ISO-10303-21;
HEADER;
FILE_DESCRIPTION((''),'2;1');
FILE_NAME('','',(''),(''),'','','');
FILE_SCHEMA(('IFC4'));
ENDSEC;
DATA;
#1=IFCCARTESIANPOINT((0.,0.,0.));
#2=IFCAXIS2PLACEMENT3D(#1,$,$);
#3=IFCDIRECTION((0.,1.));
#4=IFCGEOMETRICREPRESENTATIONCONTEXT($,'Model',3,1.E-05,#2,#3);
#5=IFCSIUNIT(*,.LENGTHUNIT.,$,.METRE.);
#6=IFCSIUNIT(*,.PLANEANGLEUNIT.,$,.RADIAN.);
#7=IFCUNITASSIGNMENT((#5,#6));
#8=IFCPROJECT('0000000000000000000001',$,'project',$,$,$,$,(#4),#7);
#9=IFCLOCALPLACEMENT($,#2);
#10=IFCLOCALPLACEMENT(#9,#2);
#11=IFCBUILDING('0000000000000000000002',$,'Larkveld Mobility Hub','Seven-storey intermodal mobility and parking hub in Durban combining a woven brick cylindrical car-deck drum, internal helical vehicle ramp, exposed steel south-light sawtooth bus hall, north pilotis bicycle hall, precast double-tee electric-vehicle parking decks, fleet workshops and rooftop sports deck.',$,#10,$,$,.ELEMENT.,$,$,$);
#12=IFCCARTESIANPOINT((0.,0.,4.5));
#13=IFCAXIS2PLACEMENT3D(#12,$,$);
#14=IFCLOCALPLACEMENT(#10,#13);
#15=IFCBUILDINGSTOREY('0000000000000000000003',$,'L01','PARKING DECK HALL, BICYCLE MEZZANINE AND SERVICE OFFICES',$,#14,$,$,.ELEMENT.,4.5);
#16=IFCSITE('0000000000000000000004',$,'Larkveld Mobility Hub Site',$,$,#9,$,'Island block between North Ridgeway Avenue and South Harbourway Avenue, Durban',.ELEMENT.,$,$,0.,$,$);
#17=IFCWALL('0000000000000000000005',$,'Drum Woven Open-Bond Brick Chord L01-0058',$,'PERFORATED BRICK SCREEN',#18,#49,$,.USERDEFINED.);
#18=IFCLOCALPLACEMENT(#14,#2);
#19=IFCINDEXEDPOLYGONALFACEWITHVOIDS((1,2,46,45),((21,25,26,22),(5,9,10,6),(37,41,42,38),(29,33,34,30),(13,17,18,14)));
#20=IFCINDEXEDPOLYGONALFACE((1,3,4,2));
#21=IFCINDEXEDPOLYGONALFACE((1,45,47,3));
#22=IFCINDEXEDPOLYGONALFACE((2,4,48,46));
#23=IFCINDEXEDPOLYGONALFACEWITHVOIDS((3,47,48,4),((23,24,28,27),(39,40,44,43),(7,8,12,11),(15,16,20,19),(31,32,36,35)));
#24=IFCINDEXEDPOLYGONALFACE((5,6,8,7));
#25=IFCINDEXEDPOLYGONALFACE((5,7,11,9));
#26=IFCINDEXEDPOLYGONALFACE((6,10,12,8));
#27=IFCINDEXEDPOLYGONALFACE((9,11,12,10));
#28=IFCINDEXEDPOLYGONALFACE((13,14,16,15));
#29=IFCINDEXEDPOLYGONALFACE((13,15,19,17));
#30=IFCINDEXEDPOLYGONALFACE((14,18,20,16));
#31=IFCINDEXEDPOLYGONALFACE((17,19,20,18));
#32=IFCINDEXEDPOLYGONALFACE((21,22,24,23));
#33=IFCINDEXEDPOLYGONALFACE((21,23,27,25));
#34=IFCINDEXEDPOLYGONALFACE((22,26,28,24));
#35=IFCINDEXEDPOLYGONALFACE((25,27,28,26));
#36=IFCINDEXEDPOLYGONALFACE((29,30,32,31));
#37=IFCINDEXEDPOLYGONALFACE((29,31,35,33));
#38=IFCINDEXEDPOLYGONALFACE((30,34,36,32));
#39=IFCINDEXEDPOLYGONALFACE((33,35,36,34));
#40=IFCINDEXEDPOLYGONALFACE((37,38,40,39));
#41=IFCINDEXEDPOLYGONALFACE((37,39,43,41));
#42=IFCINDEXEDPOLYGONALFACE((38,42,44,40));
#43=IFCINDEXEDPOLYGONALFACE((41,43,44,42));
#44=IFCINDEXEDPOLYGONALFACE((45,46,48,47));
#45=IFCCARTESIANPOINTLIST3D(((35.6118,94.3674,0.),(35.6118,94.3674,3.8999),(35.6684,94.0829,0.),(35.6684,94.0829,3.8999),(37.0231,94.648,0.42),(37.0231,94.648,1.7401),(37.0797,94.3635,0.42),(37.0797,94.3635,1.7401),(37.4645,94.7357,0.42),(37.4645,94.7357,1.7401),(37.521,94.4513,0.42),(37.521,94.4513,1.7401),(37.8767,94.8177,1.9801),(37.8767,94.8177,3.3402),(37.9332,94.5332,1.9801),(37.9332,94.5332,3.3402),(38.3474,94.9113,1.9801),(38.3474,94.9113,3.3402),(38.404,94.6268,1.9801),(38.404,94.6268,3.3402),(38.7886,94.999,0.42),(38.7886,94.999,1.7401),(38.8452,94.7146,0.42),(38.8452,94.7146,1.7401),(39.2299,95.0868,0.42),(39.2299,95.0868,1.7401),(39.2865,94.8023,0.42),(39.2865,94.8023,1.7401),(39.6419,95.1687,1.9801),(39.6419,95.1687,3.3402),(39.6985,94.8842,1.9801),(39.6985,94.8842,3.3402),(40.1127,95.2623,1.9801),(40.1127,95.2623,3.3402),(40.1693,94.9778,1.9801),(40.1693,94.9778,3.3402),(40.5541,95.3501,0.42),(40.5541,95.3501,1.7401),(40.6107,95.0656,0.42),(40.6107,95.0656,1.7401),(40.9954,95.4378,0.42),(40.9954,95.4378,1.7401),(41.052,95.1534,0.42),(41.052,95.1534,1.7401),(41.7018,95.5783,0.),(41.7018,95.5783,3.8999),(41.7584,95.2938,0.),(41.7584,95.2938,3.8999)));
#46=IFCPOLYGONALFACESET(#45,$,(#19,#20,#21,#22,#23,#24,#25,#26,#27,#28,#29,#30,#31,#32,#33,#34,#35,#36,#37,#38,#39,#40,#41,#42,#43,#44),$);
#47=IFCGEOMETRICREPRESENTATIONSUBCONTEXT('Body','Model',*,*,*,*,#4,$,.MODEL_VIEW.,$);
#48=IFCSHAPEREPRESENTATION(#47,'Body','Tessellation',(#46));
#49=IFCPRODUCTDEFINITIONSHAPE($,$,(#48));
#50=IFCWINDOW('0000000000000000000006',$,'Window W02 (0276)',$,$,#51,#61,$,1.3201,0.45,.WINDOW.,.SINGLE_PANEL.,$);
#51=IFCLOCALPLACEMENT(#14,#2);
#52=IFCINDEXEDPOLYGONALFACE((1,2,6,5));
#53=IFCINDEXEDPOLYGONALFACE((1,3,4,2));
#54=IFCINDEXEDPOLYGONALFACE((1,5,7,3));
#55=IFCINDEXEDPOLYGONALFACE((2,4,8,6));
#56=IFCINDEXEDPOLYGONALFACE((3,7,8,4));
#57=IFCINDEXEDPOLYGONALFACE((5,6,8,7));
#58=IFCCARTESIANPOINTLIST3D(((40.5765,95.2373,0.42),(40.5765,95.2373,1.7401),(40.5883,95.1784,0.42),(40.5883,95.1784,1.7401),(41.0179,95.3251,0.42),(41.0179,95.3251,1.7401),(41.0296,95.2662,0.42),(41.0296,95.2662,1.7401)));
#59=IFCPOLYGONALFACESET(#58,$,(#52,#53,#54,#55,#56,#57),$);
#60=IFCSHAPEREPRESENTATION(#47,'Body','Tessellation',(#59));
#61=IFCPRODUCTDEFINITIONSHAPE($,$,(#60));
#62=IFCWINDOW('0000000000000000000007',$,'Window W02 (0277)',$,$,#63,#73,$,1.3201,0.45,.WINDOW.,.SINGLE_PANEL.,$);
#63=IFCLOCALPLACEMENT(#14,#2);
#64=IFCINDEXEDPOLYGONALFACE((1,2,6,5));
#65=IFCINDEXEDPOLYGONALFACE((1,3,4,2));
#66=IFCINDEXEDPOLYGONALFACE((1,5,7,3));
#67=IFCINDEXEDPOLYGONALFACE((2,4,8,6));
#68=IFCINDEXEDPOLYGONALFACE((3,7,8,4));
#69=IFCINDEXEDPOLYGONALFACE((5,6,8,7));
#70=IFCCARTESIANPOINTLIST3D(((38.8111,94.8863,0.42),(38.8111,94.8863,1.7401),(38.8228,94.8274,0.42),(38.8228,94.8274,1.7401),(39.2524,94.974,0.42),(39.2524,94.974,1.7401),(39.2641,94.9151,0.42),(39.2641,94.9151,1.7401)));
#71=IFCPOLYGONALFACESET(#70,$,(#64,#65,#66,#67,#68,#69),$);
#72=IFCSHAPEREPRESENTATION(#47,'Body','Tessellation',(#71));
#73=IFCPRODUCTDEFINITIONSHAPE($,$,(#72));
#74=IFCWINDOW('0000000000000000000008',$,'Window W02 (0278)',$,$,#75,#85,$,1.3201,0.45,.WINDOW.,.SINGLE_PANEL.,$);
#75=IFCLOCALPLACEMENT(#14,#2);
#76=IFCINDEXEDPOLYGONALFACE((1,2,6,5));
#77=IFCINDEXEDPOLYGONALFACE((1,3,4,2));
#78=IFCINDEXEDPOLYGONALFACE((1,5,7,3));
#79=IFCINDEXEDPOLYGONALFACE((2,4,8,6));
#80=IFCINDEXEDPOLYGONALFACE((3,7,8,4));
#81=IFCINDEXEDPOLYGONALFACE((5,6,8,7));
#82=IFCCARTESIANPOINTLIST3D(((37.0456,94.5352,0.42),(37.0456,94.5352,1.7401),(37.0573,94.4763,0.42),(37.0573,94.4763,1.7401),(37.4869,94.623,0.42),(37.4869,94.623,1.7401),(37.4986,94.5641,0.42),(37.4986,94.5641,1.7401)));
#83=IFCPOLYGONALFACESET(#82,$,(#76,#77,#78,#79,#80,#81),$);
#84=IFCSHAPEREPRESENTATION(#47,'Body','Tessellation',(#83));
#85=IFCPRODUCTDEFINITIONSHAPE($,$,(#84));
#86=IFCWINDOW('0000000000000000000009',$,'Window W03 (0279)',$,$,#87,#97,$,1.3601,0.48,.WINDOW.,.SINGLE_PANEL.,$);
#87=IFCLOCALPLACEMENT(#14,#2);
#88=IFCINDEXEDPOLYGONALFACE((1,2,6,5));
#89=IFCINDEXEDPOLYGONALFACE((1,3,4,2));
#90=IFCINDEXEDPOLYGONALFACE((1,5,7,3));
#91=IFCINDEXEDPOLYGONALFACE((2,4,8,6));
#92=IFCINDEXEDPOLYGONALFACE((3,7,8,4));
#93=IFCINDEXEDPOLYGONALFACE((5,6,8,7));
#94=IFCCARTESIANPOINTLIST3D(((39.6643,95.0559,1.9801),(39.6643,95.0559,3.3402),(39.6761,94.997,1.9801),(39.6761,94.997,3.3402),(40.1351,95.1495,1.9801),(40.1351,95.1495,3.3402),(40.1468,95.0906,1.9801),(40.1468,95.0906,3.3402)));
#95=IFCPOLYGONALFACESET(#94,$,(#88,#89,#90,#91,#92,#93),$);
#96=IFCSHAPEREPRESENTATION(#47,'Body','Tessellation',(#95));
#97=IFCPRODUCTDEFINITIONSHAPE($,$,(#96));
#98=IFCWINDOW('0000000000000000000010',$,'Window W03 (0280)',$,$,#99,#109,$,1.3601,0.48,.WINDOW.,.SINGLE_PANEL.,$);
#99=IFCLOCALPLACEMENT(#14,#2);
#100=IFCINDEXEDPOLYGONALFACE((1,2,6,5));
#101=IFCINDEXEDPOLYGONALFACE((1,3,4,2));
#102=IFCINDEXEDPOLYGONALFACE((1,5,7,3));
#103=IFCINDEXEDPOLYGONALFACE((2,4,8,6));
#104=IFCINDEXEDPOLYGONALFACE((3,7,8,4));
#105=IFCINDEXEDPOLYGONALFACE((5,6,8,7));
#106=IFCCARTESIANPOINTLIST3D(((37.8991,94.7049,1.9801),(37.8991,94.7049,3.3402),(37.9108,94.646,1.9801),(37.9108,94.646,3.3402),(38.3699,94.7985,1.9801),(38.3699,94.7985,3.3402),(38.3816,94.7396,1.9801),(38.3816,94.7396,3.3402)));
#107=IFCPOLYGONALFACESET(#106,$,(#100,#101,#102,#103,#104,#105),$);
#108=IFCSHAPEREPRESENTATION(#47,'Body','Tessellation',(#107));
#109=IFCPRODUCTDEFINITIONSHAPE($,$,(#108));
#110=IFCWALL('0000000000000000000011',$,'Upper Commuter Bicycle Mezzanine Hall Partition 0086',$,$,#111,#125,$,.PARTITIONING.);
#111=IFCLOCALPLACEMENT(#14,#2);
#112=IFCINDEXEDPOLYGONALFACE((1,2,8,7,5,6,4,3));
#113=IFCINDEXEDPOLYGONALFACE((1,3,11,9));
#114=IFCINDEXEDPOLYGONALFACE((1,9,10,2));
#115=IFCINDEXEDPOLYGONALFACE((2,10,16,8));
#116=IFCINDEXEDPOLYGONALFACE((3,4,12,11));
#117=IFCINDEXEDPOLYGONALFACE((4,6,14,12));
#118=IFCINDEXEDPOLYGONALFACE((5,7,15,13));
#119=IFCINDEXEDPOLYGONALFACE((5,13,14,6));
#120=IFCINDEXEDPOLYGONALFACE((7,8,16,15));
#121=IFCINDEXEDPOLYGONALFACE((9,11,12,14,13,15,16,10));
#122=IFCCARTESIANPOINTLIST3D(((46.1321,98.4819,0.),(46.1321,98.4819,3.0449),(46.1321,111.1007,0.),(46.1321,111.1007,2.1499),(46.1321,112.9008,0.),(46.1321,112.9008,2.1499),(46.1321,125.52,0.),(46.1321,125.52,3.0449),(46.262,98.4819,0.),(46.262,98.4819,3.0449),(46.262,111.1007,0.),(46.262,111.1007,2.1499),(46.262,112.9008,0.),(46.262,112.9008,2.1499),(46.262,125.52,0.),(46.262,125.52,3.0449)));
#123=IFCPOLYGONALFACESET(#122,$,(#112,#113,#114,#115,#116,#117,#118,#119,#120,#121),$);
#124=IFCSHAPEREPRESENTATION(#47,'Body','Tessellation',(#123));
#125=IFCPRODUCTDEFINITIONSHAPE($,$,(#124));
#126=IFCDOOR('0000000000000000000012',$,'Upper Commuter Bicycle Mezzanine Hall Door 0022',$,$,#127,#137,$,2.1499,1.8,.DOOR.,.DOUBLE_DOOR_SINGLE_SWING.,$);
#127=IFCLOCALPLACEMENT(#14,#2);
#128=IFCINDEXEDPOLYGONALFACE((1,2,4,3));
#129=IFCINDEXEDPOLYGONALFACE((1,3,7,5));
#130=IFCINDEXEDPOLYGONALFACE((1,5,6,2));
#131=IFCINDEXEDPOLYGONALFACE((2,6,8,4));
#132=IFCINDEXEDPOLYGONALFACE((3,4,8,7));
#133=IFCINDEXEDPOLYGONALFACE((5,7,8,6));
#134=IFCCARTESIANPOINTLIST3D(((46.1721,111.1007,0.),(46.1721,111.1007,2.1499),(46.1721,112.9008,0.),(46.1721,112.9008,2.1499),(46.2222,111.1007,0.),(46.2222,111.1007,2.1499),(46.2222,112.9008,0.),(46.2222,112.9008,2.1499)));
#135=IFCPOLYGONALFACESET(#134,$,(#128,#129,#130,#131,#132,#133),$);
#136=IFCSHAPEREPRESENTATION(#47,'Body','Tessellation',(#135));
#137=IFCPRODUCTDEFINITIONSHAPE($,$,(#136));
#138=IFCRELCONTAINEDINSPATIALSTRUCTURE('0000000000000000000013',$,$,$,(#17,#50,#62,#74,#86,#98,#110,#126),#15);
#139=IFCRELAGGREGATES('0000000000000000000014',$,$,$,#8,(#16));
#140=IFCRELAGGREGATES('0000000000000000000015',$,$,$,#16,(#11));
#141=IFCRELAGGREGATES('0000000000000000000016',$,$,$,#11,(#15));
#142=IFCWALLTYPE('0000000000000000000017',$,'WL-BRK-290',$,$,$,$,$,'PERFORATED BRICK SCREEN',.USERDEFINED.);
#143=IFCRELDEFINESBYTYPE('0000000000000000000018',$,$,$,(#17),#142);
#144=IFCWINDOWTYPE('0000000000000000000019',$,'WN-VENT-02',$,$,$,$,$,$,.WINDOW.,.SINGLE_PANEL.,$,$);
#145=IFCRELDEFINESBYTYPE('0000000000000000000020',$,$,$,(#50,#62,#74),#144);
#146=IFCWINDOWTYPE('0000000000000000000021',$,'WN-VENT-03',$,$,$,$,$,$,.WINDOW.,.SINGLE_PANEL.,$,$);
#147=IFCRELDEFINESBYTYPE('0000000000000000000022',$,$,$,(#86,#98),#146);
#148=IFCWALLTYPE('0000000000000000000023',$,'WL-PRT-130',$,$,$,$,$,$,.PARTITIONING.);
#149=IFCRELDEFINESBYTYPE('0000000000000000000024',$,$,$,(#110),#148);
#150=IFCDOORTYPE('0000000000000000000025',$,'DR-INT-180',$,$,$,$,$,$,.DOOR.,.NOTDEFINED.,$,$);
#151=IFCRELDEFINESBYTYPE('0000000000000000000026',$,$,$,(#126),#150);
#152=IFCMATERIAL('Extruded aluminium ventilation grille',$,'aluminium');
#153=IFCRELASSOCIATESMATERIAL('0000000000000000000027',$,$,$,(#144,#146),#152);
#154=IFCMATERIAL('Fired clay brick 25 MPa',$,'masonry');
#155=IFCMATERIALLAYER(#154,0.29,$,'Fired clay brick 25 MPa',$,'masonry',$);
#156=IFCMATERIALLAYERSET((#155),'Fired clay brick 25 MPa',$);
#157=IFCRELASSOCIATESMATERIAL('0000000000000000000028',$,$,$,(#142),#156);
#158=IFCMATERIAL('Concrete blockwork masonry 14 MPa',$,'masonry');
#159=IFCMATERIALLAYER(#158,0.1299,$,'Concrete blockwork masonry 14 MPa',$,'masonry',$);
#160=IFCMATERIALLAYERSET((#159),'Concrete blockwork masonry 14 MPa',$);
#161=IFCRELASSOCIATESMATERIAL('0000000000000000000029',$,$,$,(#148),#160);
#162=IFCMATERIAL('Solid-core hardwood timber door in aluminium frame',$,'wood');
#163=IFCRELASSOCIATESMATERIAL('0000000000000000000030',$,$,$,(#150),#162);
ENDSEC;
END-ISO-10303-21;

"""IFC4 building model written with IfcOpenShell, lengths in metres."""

from ifc_helpers import new_model, si_unit, direction, frame, frame_2d, origin, place, context, subcontext, project, spatial, rectangle, extrude, material, layer, layer_set, type_object, element, fill, save


model = new_model("IFC4")

# Units and contexts
model_context = context("Model", 3, precision=1e-05, world=origin(), true_north=direction((0.0, 1.0)))
body_context = subcontext(model_context, "Body", "Model", "MODEL_VIEW")
ifc_project = project(units=[si_unit("LENGTHUNIT", "METRE"), si_unit("PLANEANGLEUNIT", "RADIAN")], contexts=[model_context])

# Site, building, storey
site_placement = place(None, origin())
site = spatial("IfcSite", under=ifc_project, at=site_placement, Name="Larkveld Mobility Hub Site", LongName="Island block between North Ridgeway Avenue and South Harbourway Avenue, Durban", CompositionType="ELEMENT", RefElevation=0.0)
building_placement = place(site_placement, origin())
building = spatial("IfcBuilding", under=site, at=building_placement, Name="Larkveld Mobility Hub", Description="Seven-storey intermodal mobility and parking hub in Durban combining a woven brick cylindrical car-deck drum, internal helical vehicle ramp, exposed steel south-light sawtooth bus hall, north pilotis bicycle hall, precast double-tee electric-vehicle parking decks, fleet workshops and rooftop sports deck.", CompositionType="ELEMENT")
storey_placement = place(building_placement, frame((0.0, 0.0, 4.5)))
storey = spatial("IfcBuildingStorey", under=building, at=storey_placement, Name="L01", Description="PARKING DECK HALL, BICYCLE MEZZANINE AND SERVICE OFFICES", CompositionType="ELEMENT", Elevation=4.5)

# Wall, openings, windows
ifc_material_1 = material(Name="Fired clay brick 25 MPa", Category="masonry")
ifc_material_2 = material(Name="Extruded aluminium ventilation grille", Category="aluminium")
window_type_1 = type_object("IfcWindowType", Name="WN-VENT-02", PartitioningType="SINGLE_PANEL", PredefinedType="WINDOW", material=ifc_material_2)
ifc_layer_1 = layer(ifc_material_1, 0.29, Name="Fired clay brick 25 MPa", Category="masonry")
ifc_layer_set_1 = layer_set([ifc_layer_1], Name="Fired clay brick 25 MPa")
wall_type_1 = type_object("IfcWallType", Name="WL-BRK-290", ElementType="PERFORATED BRICK SCREEN", PredefinedType="USERDEFINED", material=ifc_layer_set_1)
wall_1_placement = place(storey_placement, frame((41.73, 95.436, 0.0), z_axis=(0.0, 0.0, 1.0), x_axis=(-0.980799, -0.19502, 0.0)))
wall_1 = element("IfcWall", 1, at=wall_1_placement, inside=storey, type_object=wall_type_1, Name="Drum Woven Open-Bond Brick Chord L01-0058", ObjectType="PERFORATED BRICK SCREEN", PredefinedType="USERDEFINED", context=body_context, shape_type="SweptSolid", body=[
    extrude(rectangle(XDim=6.2092, YDim=0.29, at=frame_2d((3.1045, 0.0))), origin(), (0.0, 0.0, 1.0), 3.8999),
])
opening_1_placement = place(wall_1_placement, frame((0.72, 0.0, 0.4199)))
opening_1 = element("IfcOpeningElement", 2, at=opening_1_placement, cuts=wall_1, PredefinedType="OPENING", context=body_context, shape_type="SweptSolid", body=[
    extrude(rectangle(XDim=0.45, YDim=1.3201, at=frame_2d((0.2251, 0.6602))), frame((0.0, 0.155, 0.0), z_axis=(0.0, -1.0, 0.0), x_axis=(1.0, 0.0, 0.0)), (0.0, 0.0, 1.0), 0.3101),
])
opening_2_placement = place(wall_1_placement, frame((2.52, 0.0, 0.4199)))
opening_2 = element("IfcOpeningElement", 3, at=opening_2_placement, cuts=wall_1, PredefinedType="OPENING", context=body_context, shape_type="SweptSolid", body=[
    extrude(rectangle(XDim=0.45, YDim=1.3201, at=frame_2d((0.2251, 0.6602))), frame((0.0, 0.155, 0.0), z_axis=(0.0, -1.0, 0.0), x_axis=(1.0, 0.0, 0.0)), (0.0, 0.0, 1.0), 0.3101),
])
opening_3_placement = place(wall_1_placement, frame((4.3201, 0.0, 0.4199)))
opening_3 = element("IfcOpeningElement", 4, at=opening_3_placement, cuts=wall_1, PredefinedType="OPENING", context=body_context, shape_type="SweptSolid", body=[
    extrude(rectangle(XDim=0.45, YDim=1.3201, at=frame_2d((0.2251, 0.6602))), frame((0.0, 0.155, 0.0), z_axis=(0.0, -1.0, 0.0), x_axis=(1.0, 0.0, 0.0)), (0.0, 0.0, 1.0), 0.3101),
])
opening_4_placement = place(wall_1_placement, frame((1.6201, 0.0, 1.98)))
opening_4 = element("IfcOpeningElement", 5, at=opening_4_placement, cuts=wall_1, PredefinedType="OPENING", context=body_context, shape_type="SweptSolid", body=[
    extrude(rectangle(XDim=0.48, YDim=1.3601, at=frame_2d((0.24, 0.6802))), frame((0.0, 0.155, 0.0), z_axis=(0.0, -1.0, 0.0), x_axis=(1.0, 0.0, 0.0)), (0.0, 0.0, 1.0), 0.3101),
])
opening_5_placement = place(wall_1_placement, frame((3.4199, 0.0, 1.98)))
opening_5 = element("IfcOpeningElement", 6, at=opening_5_placement, cuts=wall_1, PredefinedType="OPENING", context=body_context, shape_type="SweptSolid", body=[
    extrude(rectangle(XDim=0.48, YDim=1.3601, at=frame_2d((0.24, 0.6802))), frame((0.0, 0.155, 0.0), z_axis=(0.0, -1.0, 0.0), x_axis=(1.0, 0.0, 0.0)), (0.0, 0.0, 1.0), 0.3101),
])
window_1_placement = place(opening_1_placement, origin())
window_1 = element("IfcWindow", 7, at=window_1_placement, inside=storey, type_object=window_type_1, Name="Window W02 (0276)", OverallHeight=1.3201, OverallWidth=0.45, PartitioningType="SINGLE_PANEL", PredefinedType="WINDOW", context=body_context, shape_type="SweptSolid", body=[
    extrude(rectangle(XDim=0.45, YDim=1.3201, at=frame_2d((0.2251, 0.6602))), frame((0.0, 0.03, 0.0), z_axis=(0.0, -1.0, 0.0), x_axis=(1.0, 0.0, 0.0)), (0.0, 0.0, 1.0), 0.0601),
])
fill(opening_1, window_1)
window_2_placement = place(opening_2_placement, origin())
window_2 = element("IfcWindow", 8, at=window_2_placement, inside=storey, type_object=window_type_1, Name="Window W02 (0277)", OverallHeight=1.3201, OverallWidth=0.45, PartitioningType="SINGLE_PANEL", PredefinedType="WINDOW", context=body_context, shape_type="SweptSolid", body=[
    extrude(rectangle(XDim=0.45, YDim=1.3201, at=frame_2d((0.2251, 0.6602))), frame((0.0, 0.03, 0.0), z_axis=(0.0, -1.0, 0.0), x_axis=(1.0, 0.0, 0.0)), (0.0, 0.0, 1.0), 0.0601),
])
fill(opening_2, window_2)
window_3_placement = place(opening_3_placement, origin())
window_3 = element("IfcWindow", 9, at=window_3_placement, inside=storey, type_object=window_type_1, Name="Window W02 (0278)", OverallHeight=1.3201, OverallWidth=0.45, PartitioningType="SINGLE_PANEL", PredefinedType="WINDOW", context=body_context, shape_type="SweptSolid", body=[
    extrude(rectangle(XDim=0.45, YDim=1.3201, at=frame_2d((0.2251, 0.6602))), frame((0.0, 0.03, 0.0), z_axis=(0.0, -1.0, 0.0), x_axis=(1.0, 0.0, 0.0)), (0.0, 0.0, 1.0), 0.0601),
])
fill(opening_3, window_3)
window_type_2 = type_object("IfcWindowType", Name="WN-VENT-03", PartitioningType="SINGLE_PANEL", PredefinedType="WINDOW", material=ifc_material_2)
window_4_placement = place(opening_4_placement, origin())
window_4 = element("IfcWindow", 10, at=window_4_placement, inside=storey, type_object=window_type_2, Name="Window W03 (0279)", OverallHeight=1.3601, OverallWidth=0.48, PartitioningType="SINGLE_PANEL", PredefinedType="WINDOW", context=body_context, shape_type="SweptSolid", body=[
    extrude(rectangle(XDim=0.48, YDim=1.3601, at=frame_2d((0.24, 0.6802))), frame((0.0, 0.03, 0.0), z_axis=(0.0, -1.0, 0.0), x_axis=(1.0, 0.0, 0.0)), (0.0, 0.0, 1.0), 0.0601),
])
fill(opening_4, window_4)
window_5_placement = place(opening_5_placement, origin())
window_5 = element("IfcWindow", 11, at=window_5_placement, inside=storey, type_object=window_type_2, Name="Window W03 (0280)", OverallHeight=1.3601, OverallWidth=0.48, PartitioningType="SINGLE_PANEL", PredefinedType="WINDOW", context=body_context, shape_type="SweptSolid", body=[
    extrude(rectangle(XDim=0.48, YDim=1.3601, at=frame_2d((0.24, 0.6802))), frame((0.0, 0.03, 0.0), z_axis=(0.0, -1.0, 0.0), x_axis=(1.0, 0.0, 0.0)), (0.0, 0.0, 1.0), 0.0601),
])
fill(opening_5, window_5)

# Wall, opening, door
ifc_material_3 = material(Name="Concrete blockwork masonry 14 MPa", Category="masonry")
ifc_layer_2 = layer(ifc_material_3, 0.1299, Name="Concrete blockwork masonry 14 MPa", Category="masonry")
ifc_layer_set_2 = layer_set([ifc_layer_2], Name="Concrete blockwork masonry 14 MPa")
wall_type_2 = type_object("IfcWallType", Name="WL-PRT-130", PredefinedType="PARTITIONING", material=ifc_layer_set_2)
wall_2_placement = place(storey_placement, frame((46.197, 98.4819, 0.0), z_axis=(0.0, 0.0, 1.0), x_axis=(0.0, 1.0, 0.0)))
wall_2 = element("IfcWall", 12, at=wall_2_placement, inside=storey, type_object=wall_type_2, Name="Upper Commuter Bicycle Mezzanine Hall Partition 0086", PredefinedType="PARTITIONING", context=body_context, shape_type="SweptSolid", body=[
    extrude(rectangle(XDim=27.0381, YDim=0.1299, at=frame_2d((13.519, 0.0))), origin(), (0.0, 0.0, 1.0), 3.0449),
])
opening_6_placement = place(wall_2_placement, frame((12.6189, 0.0, 0.0)))
opening_6 = element("IfcOpeningElement", 13, at=opening_6_placement, cuts=wall_2, PredefinedType="OPENING", context=body_context, shape_type="SweptSolid", body=[
    extrude(rectangle(XDim=1.8, YDim=2.1499, at=frame_2d((0.8999, 1.075))), frame((0.0, 0.075, 0.0), z_axis=(0.0, -1.0, 0.0), x_axis=(1.0, 0.0, 0.0)), (0.0, 0.0, 1.0), 0.1499),
])
ifc_material_4 = material(Name="Solid-core hardwood timber door in aluminium frame", Category="wood")
door_type = type_object("IfcDoorType", Name="DR-INT-180", OperationType="NOTDEFINED", PredefinedType="DOOR", material=ifc_material_4)
door_placement = place(opening_6_placement, origin())
door = element("IfcDoor", 14, at=door_placement, inside=storey, type_object=door_type, Name="Upper Commuter Bicycle Mezzanine Hall Door 0022", OperationType="DOUBLE_DOOR_SINGLE_SWING", OverallHeight=2.1499, OverallWidth=1.8, PredefinedType="DOOR", context=body_context, shape_type="SweptSolid", body=[
    extrude(rectangle(XDim=1.8, YDim=2.1499, at=frame_2d((0.8999, 1.075))), frame((0.0, 0.0249, 0.0), z_axis=(0.0, -1.0, 0.0), x_axis=(1.0, 0.0, 0.0)), (0.0, 0.0, 1.0), 0.05),
])
fill(opening_6, door)

save(model, "model.ifc")
